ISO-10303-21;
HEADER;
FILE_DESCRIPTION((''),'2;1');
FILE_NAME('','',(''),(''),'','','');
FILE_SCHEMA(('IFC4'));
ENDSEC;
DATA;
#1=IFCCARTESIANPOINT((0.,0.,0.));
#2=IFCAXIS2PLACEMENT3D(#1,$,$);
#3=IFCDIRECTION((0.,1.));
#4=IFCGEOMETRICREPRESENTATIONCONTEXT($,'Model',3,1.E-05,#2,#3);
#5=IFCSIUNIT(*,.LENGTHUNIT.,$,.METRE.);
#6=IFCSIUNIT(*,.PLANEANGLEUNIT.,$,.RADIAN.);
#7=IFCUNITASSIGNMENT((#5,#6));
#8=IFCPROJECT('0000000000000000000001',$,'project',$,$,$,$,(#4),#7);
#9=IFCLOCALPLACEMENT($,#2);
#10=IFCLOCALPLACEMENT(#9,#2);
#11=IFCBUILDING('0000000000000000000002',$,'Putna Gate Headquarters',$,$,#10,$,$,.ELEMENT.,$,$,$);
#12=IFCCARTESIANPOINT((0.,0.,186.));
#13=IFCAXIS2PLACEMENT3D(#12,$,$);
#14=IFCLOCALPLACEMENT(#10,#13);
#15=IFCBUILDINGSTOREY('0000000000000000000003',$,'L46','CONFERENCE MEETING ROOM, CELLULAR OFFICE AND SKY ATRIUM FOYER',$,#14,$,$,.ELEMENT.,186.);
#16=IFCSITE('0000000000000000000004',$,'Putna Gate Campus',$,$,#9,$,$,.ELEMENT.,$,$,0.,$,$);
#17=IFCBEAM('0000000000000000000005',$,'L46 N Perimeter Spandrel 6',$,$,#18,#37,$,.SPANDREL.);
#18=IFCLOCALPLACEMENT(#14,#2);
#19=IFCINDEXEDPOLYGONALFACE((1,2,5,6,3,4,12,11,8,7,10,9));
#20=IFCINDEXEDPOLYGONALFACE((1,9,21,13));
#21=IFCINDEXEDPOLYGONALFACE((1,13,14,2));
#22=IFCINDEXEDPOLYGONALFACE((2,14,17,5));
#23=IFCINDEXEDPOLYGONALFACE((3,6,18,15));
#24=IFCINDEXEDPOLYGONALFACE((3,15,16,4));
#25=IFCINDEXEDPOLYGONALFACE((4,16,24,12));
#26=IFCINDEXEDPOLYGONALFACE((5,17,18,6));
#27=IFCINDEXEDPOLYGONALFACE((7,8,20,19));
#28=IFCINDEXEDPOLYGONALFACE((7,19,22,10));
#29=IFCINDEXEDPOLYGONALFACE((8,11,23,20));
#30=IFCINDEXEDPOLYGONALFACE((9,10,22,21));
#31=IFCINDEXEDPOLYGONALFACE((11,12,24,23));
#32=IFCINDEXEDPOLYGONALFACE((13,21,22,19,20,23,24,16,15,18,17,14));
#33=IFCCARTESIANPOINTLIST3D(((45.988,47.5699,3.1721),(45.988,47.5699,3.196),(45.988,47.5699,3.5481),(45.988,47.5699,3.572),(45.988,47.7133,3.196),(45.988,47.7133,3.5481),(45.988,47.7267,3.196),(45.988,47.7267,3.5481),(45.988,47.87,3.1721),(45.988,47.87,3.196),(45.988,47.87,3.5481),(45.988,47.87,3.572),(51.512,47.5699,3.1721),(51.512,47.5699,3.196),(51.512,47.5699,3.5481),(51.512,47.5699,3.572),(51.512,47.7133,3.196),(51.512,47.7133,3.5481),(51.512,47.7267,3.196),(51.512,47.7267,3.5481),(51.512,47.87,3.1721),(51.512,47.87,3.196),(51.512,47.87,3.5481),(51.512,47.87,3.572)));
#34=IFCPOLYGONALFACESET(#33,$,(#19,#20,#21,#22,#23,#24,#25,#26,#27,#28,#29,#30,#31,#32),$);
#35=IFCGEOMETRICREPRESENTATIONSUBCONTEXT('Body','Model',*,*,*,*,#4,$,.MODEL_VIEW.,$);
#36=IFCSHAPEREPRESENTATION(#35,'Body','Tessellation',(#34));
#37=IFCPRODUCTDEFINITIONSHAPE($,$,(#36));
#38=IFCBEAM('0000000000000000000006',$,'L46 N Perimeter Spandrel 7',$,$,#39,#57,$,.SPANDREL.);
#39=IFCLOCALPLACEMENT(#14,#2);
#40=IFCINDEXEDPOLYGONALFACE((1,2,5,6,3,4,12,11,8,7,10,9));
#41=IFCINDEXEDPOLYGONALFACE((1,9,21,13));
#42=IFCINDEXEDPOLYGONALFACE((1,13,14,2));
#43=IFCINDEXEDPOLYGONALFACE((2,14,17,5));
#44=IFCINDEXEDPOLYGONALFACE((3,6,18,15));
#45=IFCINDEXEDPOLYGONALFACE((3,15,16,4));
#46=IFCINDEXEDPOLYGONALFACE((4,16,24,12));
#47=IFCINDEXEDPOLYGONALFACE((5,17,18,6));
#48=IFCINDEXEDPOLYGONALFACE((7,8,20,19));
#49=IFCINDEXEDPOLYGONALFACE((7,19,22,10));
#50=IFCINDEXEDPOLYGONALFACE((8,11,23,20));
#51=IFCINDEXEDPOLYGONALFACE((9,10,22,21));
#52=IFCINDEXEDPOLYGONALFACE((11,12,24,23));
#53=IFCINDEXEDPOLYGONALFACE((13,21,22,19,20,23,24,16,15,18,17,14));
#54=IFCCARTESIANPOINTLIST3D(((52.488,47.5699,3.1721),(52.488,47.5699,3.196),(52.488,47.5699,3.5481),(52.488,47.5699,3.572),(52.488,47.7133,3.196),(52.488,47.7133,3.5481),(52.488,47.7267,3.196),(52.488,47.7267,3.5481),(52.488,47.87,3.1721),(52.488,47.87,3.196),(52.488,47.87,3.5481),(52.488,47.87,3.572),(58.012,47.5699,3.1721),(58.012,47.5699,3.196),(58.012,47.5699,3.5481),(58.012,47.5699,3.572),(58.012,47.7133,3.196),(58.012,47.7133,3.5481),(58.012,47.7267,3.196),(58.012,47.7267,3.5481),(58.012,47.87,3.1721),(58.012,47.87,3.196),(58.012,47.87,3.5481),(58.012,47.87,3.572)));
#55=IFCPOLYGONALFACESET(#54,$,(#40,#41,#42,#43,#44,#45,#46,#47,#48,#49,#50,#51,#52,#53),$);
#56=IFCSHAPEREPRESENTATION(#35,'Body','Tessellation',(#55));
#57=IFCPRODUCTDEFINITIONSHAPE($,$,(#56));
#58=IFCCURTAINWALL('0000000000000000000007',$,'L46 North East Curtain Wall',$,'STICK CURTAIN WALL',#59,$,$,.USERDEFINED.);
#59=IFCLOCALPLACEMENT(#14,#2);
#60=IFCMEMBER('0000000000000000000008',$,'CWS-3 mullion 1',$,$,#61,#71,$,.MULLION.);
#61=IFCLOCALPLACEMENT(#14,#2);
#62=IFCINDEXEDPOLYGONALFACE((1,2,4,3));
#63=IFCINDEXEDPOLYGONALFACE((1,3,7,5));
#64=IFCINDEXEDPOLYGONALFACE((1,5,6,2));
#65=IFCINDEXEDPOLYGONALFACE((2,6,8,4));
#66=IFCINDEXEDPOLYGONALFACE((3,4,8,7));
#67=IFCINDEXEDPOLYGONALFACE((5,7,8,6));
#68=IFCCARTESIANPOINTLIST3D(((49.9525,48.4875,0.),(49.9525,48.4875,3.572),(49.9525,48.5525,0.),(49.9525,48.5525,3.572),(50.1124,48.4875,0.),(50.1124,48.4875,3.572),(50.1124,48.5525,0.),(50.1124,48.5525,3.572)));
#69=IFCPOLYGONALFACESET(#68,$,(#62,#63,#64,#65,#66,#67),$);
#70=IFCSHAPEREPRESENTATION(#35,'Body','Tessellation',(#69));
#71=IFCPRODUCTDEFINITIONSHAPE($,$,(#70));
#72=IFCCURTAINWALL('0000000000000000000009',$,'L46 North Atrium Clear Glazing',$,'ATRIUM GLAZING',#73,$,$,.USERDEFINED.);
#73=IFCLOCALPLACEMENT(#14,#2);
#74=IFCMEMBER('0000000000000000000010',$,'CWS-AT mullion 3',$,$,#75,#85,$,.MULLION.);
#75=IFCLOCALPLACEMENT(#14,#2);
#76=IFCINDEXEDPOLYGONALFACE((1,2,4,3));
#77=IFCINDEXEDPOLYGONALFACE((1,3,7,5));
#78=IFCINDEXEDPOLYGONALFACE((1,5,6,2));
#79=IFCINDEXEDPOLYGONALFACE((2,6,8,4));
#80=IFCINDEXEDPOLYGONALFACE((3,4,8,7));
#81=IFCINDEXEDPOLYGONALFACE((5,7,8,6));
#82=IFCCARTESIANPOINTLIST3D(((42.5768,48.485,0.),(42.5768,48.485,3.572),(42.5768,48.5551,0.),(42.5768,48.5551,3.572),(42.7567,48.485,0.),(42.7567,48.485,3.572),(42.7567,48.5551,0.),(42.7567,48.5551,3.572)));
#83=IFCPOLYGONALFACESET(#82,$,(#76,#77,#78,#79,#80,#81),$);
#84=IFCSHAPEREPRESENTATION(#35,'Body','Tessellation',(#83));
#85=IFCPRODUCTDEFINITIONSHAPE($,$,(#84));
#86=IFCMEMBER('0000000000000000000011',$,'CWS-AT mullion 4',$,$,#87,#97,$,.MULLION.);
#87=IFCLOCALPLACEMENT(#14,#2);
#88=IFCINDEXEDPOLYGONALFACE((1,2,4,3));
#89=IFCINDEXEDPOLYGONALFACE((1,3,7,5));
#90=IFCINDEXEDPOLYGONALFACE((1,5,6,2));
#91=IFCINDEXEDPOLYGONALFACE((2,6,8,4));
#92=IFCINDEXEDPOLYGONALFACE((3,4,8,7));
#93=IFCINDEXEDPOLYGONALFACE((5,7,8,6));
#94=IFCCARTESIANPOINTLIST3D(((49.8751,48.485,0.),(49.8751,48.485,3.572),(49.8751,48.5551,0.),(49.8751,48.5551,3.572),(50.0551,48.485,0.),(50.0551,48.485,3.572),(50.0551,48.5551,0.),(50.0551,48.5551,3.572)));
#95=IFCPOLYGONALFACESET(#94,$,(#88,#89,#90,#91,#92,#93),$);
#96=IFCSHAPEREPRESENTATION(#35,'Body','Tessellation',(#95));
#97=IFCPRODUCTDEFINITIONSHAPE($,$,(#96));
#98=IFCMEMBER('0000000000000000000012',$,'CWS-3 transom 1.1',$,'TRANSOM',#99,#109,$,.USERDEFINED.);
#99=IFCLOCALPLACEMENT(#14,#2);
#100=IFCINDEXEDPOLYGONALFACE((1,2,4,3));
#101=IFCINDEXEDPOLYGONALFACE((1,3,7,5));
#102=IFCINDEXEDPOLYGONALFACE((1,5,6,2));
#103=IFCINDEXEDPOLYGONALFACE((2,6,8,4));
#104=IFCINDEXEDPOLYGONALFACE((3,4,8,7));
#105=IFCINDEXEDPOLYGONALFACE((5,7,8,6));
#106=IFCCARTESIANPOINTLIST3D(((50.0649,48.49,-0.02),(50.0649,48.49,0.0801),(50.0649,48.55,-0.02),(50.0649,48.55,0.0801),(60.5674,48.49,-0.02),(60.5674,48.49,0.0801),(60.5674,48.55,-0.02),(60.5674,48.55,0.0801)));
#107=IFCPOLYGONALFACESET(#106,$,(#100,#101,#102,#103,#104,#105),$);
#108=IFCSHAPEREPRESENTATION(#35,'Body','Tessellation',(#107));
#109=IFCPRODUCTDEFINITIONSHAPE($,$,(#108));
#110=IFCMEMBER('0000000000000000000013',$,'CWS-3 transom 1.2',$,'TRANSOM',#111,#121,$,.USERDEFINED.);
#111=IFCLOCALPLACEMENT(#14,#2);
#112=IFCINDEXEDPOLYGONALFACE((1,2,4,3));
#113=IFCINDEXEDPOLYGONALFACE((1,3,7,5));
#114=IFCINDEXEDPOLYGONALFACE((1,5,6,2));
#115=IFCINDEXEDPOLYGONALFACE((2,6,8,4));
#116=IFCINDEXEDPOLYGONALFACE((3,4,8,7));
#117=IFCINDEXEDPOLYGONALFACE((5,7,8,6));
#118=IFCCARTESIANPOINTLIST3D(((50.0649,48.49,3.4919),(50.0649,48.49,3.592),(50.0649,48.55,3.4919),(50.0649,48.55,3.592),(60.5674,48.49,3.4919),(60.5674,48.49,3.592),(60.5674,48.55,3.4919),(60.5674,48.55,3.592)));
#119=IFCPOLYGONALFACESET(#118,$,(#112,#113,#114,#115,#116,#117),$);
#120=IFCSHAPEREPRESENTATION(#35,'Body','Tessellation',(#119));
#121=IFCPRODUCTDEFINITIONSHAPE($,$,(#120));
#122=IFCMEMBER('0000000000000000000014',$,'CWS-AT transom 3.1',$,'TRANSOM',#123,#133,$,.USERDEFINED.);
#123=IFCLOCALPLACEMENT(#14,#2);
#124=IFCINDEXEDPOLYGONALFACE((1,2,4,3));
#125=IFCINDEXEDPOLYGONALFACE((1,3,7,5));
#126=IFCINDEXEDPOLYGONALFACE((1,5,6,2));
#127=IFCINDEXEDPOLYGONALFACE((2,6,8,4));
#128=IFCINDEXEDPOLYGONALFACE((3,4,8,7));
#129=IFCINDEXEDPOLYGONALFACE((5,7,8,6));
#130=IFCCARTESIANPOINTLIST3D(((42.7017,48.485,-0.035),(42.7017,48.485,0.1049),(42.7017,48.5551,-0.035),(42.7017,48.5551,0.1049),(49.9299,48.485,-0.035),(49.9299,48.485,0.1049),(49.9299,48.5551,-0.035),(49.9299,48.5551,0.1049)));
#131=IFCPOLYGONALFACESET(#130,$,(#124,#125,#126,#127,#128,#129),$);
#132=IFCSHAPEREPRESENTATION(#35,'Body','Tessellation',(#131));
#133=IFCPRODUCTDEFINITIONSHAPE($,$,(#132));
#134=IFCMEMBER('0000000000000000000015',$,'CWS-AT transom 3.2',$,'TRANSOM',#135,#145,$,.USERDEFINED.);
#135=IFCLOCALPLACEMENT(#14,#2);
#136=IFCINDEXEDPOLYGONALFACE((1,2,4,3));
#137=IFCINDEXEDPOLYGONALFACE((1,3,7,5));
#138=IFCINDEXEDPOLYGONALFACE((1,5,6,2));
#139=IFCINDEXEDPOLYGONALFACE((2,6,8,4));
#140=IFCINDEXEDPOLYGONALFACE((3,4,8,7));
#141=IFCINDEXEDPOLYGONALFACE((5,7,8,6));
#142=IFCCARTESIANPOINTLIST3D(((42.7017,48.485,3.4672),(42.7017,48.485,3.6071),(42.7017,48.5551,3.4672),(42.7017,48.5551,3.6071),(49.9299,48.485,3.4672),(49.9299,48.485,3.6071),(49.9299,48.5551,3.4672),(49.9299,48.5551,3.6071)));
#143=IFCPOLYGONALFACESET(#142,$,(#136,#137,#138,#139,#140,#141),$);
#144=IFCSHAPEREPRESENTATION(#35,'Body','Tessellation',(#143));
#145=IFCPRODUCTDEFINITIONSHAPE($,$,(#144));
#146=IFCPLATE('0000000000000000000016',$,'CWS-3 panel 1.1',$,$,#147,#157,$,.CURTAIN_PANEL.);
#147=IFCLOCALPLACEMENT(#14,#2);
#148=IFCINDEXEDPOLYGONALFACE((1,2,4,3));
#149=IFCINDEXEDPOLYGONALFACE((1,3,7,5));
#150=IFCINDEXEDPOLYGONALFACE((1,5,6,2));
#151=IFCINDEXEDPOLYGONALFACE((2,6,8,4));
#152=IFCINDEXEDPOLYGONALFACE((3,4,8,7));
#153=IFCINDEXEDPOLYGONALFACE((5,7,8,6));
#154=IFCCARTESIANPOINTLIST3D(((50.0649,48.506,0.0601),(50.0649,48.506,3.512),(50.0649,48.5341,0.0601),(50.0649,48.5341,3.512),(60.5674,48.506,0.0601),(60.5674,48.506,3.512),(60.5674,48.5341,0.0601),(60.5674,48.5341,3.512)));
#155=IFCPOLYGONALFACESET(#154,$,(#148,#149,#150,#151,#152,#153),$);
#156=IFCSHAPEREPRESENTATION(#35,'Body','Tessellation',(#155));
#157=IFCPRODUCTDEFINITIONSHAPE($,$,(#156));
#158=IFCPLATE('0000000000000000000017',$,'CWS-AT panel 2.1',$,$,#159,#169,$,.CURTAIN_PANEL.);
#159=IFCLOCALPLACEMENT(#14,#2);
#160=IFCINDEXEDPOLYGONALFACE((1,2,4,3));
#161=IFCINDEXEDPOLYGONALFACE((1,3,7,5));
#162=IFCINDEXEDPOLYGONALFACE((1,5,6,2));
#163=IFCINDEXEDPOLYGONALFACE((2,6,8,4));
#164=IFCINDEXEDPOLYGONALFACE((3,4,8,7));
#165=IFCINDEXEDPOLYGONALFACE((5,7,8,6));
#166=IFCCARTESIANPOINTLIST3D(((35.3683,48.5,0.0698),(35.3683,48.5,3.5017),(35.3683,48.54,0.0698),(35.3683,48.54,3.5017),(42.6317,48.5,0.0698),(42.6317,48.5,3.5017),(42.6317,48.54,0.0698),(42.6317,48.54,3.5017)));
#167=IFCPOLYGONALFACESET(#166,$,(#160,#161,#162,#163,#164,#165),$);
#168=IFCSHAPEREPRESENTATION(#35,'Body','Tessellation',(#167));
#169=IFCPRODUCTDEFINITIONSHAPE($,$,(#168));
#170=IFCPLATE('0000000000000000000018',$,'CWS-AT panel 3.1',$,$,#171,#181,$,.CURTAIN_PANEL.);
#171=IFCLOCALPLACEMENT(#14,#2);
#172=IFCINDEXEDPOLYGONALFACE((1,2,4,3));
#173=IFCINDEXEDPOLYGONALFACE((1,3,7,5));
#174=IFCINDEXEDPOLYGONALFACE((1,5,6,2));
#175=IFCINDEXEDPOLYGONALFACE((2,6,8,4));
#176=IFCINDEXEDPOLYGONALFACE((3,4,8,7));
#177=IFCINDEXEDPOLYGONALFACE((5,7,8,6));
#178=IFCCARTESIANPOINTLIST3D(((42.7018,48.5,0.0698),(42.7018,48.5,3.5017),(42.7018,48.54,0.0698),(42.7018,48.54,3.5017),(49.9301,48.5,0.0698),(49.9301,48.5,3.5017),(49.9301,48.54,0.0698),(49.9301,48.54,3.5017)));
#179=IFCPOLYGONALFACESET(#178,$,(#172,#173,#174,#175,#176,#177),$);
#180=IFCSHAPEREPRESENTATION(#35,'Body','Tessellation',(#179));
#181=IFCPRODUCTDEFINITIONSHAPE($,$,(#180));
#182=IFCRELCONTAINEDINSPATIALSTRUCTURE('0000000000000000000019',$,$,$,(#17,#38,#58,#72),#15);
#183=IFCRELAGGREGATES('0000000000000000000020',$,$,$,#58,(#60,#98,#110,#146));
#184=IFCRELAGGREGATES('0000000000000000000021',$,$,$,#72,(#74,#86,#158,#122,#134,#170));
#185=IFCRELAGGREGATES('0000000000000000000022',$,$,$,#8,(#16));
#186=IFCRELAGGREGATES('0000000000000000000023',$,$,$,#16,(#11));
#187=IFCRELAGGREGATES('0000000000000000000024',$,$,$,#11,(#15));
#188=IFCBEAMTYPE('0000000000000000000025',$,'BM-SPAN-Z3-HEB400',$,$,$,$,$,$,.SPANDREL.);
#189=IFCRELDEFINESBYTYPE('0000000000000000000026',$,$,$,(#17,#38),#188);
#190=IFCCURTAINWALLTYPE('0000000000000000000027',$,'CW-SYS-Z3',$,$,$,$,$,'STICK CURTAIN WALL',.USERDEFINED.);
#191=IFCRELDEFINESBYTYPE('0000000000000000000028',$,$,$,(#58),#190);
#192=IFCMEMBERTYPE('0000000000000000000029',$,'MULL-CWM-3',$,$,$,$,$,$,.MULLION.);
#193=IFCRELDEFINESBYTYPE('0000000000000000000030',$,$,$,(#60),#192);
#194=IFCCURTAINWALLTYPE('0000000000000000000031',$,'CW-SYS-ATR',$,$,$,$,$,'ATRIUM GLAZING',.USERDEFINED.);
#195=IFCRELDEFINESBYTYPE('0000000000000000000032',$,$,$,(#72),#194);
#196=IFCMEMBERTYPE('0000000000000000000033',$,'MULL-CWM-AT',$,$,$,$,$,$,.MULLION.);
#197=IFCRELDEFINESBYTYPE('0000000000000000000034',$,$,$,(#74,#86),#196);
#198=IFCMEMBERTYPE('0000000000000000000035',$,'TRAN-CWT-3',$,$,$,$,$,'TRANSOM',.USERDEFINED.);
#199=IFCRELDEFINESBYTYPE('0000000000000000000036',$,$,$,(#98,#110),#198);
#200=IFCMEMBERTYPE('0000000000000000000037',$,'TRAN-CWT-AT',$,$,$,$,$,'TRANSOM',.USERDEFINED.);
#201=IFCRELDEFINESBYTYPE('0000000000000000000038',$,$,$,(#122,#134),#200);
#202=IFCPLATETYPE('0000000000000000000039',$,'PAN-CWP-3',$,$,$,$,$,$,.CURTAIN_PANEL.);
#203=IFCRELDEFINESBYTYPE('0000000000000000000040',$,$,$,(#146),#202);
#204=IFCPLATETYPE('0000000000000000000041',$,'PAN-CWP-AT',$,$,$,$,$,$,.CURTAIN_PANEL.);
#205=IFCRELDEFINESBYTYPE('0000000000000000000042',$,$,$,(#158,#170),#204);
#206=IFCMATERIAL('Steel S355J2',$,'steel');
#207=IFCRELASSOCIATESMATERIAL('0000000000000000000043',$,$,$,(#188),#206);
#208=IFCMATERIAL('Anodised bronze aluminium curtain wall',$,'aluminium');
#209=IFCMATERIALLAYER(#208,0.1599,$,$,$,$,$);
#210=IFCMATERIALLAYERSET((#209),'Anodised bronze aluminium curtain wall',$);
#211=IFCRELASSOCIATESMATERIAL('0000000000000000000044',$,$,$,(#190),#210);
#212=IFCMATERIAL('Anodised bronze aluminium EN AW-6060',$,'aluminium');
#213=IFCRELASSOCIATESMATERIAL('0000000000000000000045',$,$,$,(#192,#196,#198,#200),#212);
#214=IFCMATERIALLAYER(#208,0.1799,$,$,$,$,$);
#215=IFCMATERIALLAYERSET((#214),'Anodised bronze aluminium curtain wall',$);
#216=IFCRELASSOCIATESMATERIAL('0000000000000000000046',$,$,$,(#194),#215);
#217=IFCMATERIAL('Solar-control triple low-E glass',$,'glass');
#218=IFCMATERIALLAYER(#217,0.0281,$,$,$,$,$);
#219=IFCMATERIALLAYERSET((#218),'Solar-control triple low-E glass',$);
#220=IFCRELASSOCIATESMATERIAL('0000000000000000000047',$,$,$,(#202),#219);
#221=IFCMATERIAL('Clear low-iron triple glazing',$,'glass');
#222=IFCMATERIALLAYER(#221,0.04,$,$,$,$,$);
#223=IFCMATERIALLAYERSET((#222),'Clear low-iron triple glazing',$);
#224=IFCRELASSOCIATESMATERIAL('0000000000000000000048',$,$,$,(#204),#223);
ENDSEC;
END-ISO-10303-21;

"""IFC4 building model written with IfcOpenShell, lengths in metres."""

from ifc_helpers import new_model, si_unit, direction, frame, origin, origin_2d, place, context, subcontext, project, spatial, rectangle, i_section, extrude, material, layer, layer_set, material_profile, profile_set, type_object, element, aggregate, save


model = new_model("IFC4")

# Units and contexts
model_context = context("Model", 3, precision=1e-05, world=origin(), true_north=direction((0.0, 1.0)))
body_context = subcontext(model_context, "Body", "Model", "MODEL_VIEW")
ifc_project = project(units=[si_unit("LENGTHUNIT", "METRE"), si_unit("PLANEANGLEUNIT", "RADIAN")], contexts=[model_context])

# Site, building, storey
site_placement = place(None, origin())
site = spatial("IfcSite", under=ifc_project, at=site_placement, Name="Putna Gate Campus", CompositionType="ELEMENT", RefElevation=0.0)
building_placement = place(site_placement, origin())
building = spatial("IfcBuilding", under=site, at=building_placement, Name="Putna Gate Headquarters", CompositionType="ELEMENT")
storey_placement = place(building_placement, frame((0.0, 0.0, 186.0)))
storey = spatial("IfcBuildingStorey", under=building, at=storey_placement, Name="L46", Description="CONFERENCE MEETING ROOM, CELLULAR OFFICE AND SKY ATRIUM FOYER", CompositionType="ELEMENT", Elevation=186.0)

# Beams
ifc_material_1 = material(Name="Steel S355J2", Category="steel")
ifc_material_profile_1 = material_profile(ifc_material_1, i_section(OverallWidth=0.3, OverallDepth=0.3999, WebThickness=0.0134, FlangeThickness=0.0239, at=origin_2d()), Name="Steel S355J2")
ifc_profile_set_1 = profile_set([ifc_material_profile_1], Name="Steel S355J2")
beam_type_1 = type_object("IfcBeamType", Name="BM-SPAN-Z3-HEB400", PredefinedType="SPANDREL", material=ifc_profile_set_1)
for number, where, z_axis, x_axis, name in (
    (1, (45.988, 47.72, 3.3721), (1.0, 0.0, 0.0), (0.0, 1.0, 0.0), "L46 N Perimeter Spandrel 6"),
    (2, (52.488, 47.72, 3.3721), (1.0, 0.0, 0.0), (0.0, 1.0, 0.0), "L46 N Perimeter Spandrel 7"),
):
    element("IfcBeam", number, at=place(storey_placement, frame(where, z_axis=z_axis, x_axis=x_axis)), inside=storey, type_object=beam_type_1, Name=name, PredefinedType="SPANDREL", context=body_context, shape_type="SweptSolid", body=[
        extrude(i_section(OverallWidth=0.3, OverallDepth=0.3999, WebThickness=0.0134, FlangeThickness=0.0239, at=origin_2d()), origin(), (0.0, 0.0, 1.0), 5.5239),
    ])

# Curtain wall, member
ifc_material_2 = material(Name="Anodised bronze aluminium curtain wall", Category="aluminium")
ifc_layer_1 = layer(ifc_material_2, 0.1599)
ifc_layer_set_1 = layer_set([ifc_layer_1], Name="Anodised bronze aluminium curtain wall")
curtain_wall_type_1 = type_object("IfcCurtainWallType", Name="CW-SYS-Z3", ElementType="STICK CURTAIN WALL", PredefinedType="USERDEFINED", material=ifc_layer_set_1)
curtain_wall_1_placement = place(storey_placement, origin())
curtain_wall_1 = element("IfcCurtainWall", 3, at=curtain_wall_1_placement, inside=storey, type_object=curtain_wall_type_1, Name="L46 North East Curtain Wall", ObjectType="STICK CURTAIN WALL", PredefinedType="USERDEFINED")
ifc_material_3 = material(Name="Anodised bronze aluminium EN AW-6060", Category="aluminium")
ifc_material_profile_2 = material_profile(ifc_material_3, rectangle(XDim=0.0649, YDim=0.1599, at=origin_2d()), Name="Anodised bronze aluminium EN AW-6060")
ifc_profile_set_2 = profile_set([ifc_material_profile_2], Name="Anodised bronze aluminium EN AW-6060")
member_type_1 = type_object("IfcMemberType", Name="MULL-CWM-3", PredefinedType="MULLION", material=ifc_profile_set_2)
member_1_placement = place(storey_placement, frame((50.0325, 48.52, 0.0), z_axis=(0.0, 0.0, 1.0), x_axis=(0.0, 1.0, 0.0)))
member_1 = element("IfcMember", 4, at=member_1_placement, type_object=member_type_1, Name="CWS-3 mullion 1", PredefinedType="MULLION", context=body_context, shape_type="SweptSolid", body=[
    extrude(rectangle(XDim=0.0649, YDim=0.1599, at=origin_2d()), origin(), (0.0, 0.0, 1.0), 3.572),
])

# Curtain wall, members
ifc_layer_2 = layer(ifc_material_2, 0.1799)
ifc_layer_set_2 = layer_set([ifc_layer_2], Name="Anodised bronze aluminium curtain wall")
curtain_wall_type_2 = type_object("IfcCurtainWallType", Name="CW-SYS-ATR", ElementType="ATRIUM GLAZING", PredefinedType="USERDEFINED", material=ifc_layer_set_2)
curtain_wall_2_placement = place(storey_placement, origin())
curtain_wall_2 = element("IfcCurtainWall", 5, at=curtain_wall_2_placement, inside=storey, type_object=curtain_wall_type_2, Name="L46 North Atrium Clear Glazing", ObjectType="ATRIUM GLAZING", PredefinedType="USERDEFINED")
ifc_material_profile_3 = material_profile(ifc_material_3, rectangle(XDim=0.0701, YDim=0.1799, at=origin_2d()), Name="Anodised bronze aluminium EN AW-6060")
ifc_profile_set_3 = profile_set([ifc_material_profile_3], Name="Anodised bronze aluminium EN AW-6060")
member_type_2 = type_object("IfcMemberType", Name="MULL-CWM-AT", PredefinedType="MULLION", material=ifc_profile_set_3)
member_2_placement = place(storey_placement, frame((42.6667, 48.52, 0.0), z_axis=(0.0, 0.0, 1.0), x_axis=(0.0, 1.0, 0.0)))
member_2 = element("IfcMember", 6, at=member_2_placement, type_object=member_type_2, Name="CWS-AT mullion 3", PredefinedType="MULLION", context=body_context, shape_type="SweptSolid", body=[
    extrude(rectangle(XDim=0.0701, YDim=0.1799, at=origin_2d()), origin(), (0.0, 0.0, 1.0), 3.572),
])
member_3_placement = place(storey_placement, frame((49.9651, 48.52, 0.0), z_axis=(0.0, 0.0, 1.0), x_axis=(0.0, 1.0, 0.0)))
member_3 = element("IfcMember", 7, at=member_3_placement, type_object=member_type_2, Name="CWS-AT mullion 4", PredefinedType="MULLION", context=body_context, shape_type="SweptSolid", body=[
    extrude(rectangle(XDim=0.0701, YDim=0.1799, at=origin_2d()), origin(), (0.0, 0.0, 1.0), 3.572),
])

# Members
ifc_material_profile_4 = material_profile(ifc_material_3, rectangle(XDim=0.0601, YDim=0.1001, at=origin_2d()), Name="Anodised bronze aluminium EN AW-6060")
ifc_profile_set_4 = profile_set([ifc_material_profile_4], Name="Anodised bronze aluminium EN AW-6060")
member_type_3 = type_object("IfcMemberType", Name="TRAN-CWT-3", ElementType="TRANSOM", PredefinedType="USERDEFINED", material=ifc_profile_set_4)
member_4_placement = place(storey_placement, frame((50.0649, 48.52, 0.03), z_axis=(1.0, 0.0, 0.0), x_axis=(0.0, 1.0, 0.0)))
member_4 = element("IfcMember", 8, at=member_4_placement, type_object=member_type_3, Name="CWS-3 transom 1.1", ObjectType="TRANSOM", PredefinedType="USERDEFINED", context=body_context, shape_type="SweptSolid", body=[
    extrude(rectangle(XDim=0.0601, YDim=0.1001, at=origin_2d()), origin(), (0.0, 0.0, 1.0), 10.5024),
])
member_5_placement = place(storey_placement, frame((50.0649, 48.52, 3.542), z_axis=(1.0, 0.0, 0.0), x_axis=(0.0, 1.0, 0.0)))
member_5 = element("IfcMember", 9, at=member_5_placement, type_object=member_type_3, Name="CWS-3 transom 1.2", ObjectType="TRANSOM", PredefinedType="USERDEFINED", context=body_context, shape_type="SweptSolid", body=[
    extrude(rectangle(XDim=0.0601, YDim=0.1001, at=origin_2d()), origin(), (0.0, 0.0, 1.0), 10.5024),
])
ifc_material_profile_5 = material_profile(ifc_material_3, rectangle(XDim=0.0701, YDim=0.1399, at=origin_2d()), Name="Anodised bronze aluminium EN AW-6060")
ifc_profile_set_5 = profile_set([ifc_material_profile_5], Name="Anodised bronze aluminium EN AW-6060")
member_type_4 = type_object("IfcMemberType", Name="TRAN-CWT-AT", ElementType="TRANSOM", PredefinedType="USERDEFINED", material=ifc_profile_set_5)
member_6_placement = place(storey_placement, frame((42.7017, 48.52, 0.0349), z_axis=(1.0, 0.0, 0.0), x_axis=(0.0, 1.0, 0.0)))
member_6 = element("IfcMember", 10, at=member_6_placement, type_object=member_type_4, Name="CWS-AT transom 3.1", ObjectType="TRANSOM", PredefinedType="USERDEFINED", context=body_context, shape_type="SweptSolid", body=[
    extrude(rectangle(XDim=0.0701, YDim=0.1399, at=origin_2d()), origin(), (0.0, 0.0, 1.0), 7.2283),
])
member_7_placement = place(storey_placement, frame((42.7017, 48.52, 3.5371), z_axis=(1.0, 0.0, 0.0), x_axis=(0.0, 1.0, 0.0)))
member_7 = element("IfcMember", 11, at=member_7_placement, type_object=member_type_4, Name="CWS-AT transom 3.2", ObjectType="TRANSOM", PredefinedType="USERDEFINED", context=body_context, shape_type="SweptSolid", body=[
    extrude(rectangle(XDim=0.0701, YDim=0.1399, at=origin_2d()), origin(), (0.0, 0.0, 1.0), 7.2283),
])

# Plates
ifc_material_4 = material(Name="Solar-control triple low-E glass", Category="glass")
ifc_layer_3 = layer(ifc_material_4, 0.0281)
ifc_layer_set_3 = layer_set([ifc_layer_3], Name="Solar-control triple low-E glass")
plate_type_1 = type_object("IfcPlateType", Name="PAN-CWP-3", PredefinedType="CURTAIN_PANEL", material=ifc_layer_set_3)
plate_1_placement = place(storey_placement, frame((55.3162, 48.52, 0.0601), z_axis=(0.0, 0.0, 1.0), x_axis=(1.0, 0.0, 0.0)))
plate_1 = element("IfcPlate", 12, at=plate_1_placement, type_object=plate_type_1, Name="CWS-3 panel 1.1", PredefinedType="CURTAIN_PANEL", context=body_context, shape_type="SweptSolid", body=[
    extrude(rectangle(XDim=10.5024, YDim=0.0281, at=origin_2d()), origin(), (0.0, 0.0, 1.0), 3.4519),
])
aggregate(curtain_wall_1, [member_1, member_4, member_5, plate_1])
ifc_material_5 = material(Name="Clear low-iron triple glazing", Category="glass")
ifc_layer_4 = layer(ifc_material_5, 0.04)
ifc_layer_set_4 = layer_set([ifc_layer_4], Name="Clear low-iron triple glazing")
plate_type_2 = type_object("IfcPlateType", Name="PAN-CWP-AT", PredefinedType="CURTAIN_PANEL", material=ifc_layer_set_4)
plate_2_placement = place(storey_placement, frame((39.0, 48.52, 0.0698), z_axis=(0.0, 0.0, 1.0), x_axis=(1.0, 0.0, 0.0)))
plate_2 = element("IfcPlate", 13, at=plate_2_placement, type_object=plate_type_2, Name="CWS-AT panel 2.1", PredefinedType="CURTAIN_PANEL", context=body_context, shape_type="SweptSolid", body=[
    extrude(rectangle(XDim=7.2634, YDim=0.04, at=origin_2d()), origin(), (0.0, 0.0, 1.0), 3.4319),
])
plate_3_placement = place(storey_placement, frame((46.3159, 48.52, 0.0698), z_axis=(0.0, 0.0, 1.0), x_axis=(1.0, 0.0, 0.0)))
plate_3 = element("IfcPlate", 14, at=plate_3_placement, type_object=plate_type_2, Name="CWS-AT panel 3.1", PredefinedType="CURTAIN_PANEL", context=body_context, shape_type="SweptSolid", body=[
    extrude(rectangle(XDim=7.2283, YDim=0.04, at=origin_2d()), origin(), (0.0, 0.0, 1.0), 3.4319),
])
aggregate(curtain_wall_2, [member_2, member_3, plate_2, member_6, member_7, plate_3])

save(model, "model.ifc")
